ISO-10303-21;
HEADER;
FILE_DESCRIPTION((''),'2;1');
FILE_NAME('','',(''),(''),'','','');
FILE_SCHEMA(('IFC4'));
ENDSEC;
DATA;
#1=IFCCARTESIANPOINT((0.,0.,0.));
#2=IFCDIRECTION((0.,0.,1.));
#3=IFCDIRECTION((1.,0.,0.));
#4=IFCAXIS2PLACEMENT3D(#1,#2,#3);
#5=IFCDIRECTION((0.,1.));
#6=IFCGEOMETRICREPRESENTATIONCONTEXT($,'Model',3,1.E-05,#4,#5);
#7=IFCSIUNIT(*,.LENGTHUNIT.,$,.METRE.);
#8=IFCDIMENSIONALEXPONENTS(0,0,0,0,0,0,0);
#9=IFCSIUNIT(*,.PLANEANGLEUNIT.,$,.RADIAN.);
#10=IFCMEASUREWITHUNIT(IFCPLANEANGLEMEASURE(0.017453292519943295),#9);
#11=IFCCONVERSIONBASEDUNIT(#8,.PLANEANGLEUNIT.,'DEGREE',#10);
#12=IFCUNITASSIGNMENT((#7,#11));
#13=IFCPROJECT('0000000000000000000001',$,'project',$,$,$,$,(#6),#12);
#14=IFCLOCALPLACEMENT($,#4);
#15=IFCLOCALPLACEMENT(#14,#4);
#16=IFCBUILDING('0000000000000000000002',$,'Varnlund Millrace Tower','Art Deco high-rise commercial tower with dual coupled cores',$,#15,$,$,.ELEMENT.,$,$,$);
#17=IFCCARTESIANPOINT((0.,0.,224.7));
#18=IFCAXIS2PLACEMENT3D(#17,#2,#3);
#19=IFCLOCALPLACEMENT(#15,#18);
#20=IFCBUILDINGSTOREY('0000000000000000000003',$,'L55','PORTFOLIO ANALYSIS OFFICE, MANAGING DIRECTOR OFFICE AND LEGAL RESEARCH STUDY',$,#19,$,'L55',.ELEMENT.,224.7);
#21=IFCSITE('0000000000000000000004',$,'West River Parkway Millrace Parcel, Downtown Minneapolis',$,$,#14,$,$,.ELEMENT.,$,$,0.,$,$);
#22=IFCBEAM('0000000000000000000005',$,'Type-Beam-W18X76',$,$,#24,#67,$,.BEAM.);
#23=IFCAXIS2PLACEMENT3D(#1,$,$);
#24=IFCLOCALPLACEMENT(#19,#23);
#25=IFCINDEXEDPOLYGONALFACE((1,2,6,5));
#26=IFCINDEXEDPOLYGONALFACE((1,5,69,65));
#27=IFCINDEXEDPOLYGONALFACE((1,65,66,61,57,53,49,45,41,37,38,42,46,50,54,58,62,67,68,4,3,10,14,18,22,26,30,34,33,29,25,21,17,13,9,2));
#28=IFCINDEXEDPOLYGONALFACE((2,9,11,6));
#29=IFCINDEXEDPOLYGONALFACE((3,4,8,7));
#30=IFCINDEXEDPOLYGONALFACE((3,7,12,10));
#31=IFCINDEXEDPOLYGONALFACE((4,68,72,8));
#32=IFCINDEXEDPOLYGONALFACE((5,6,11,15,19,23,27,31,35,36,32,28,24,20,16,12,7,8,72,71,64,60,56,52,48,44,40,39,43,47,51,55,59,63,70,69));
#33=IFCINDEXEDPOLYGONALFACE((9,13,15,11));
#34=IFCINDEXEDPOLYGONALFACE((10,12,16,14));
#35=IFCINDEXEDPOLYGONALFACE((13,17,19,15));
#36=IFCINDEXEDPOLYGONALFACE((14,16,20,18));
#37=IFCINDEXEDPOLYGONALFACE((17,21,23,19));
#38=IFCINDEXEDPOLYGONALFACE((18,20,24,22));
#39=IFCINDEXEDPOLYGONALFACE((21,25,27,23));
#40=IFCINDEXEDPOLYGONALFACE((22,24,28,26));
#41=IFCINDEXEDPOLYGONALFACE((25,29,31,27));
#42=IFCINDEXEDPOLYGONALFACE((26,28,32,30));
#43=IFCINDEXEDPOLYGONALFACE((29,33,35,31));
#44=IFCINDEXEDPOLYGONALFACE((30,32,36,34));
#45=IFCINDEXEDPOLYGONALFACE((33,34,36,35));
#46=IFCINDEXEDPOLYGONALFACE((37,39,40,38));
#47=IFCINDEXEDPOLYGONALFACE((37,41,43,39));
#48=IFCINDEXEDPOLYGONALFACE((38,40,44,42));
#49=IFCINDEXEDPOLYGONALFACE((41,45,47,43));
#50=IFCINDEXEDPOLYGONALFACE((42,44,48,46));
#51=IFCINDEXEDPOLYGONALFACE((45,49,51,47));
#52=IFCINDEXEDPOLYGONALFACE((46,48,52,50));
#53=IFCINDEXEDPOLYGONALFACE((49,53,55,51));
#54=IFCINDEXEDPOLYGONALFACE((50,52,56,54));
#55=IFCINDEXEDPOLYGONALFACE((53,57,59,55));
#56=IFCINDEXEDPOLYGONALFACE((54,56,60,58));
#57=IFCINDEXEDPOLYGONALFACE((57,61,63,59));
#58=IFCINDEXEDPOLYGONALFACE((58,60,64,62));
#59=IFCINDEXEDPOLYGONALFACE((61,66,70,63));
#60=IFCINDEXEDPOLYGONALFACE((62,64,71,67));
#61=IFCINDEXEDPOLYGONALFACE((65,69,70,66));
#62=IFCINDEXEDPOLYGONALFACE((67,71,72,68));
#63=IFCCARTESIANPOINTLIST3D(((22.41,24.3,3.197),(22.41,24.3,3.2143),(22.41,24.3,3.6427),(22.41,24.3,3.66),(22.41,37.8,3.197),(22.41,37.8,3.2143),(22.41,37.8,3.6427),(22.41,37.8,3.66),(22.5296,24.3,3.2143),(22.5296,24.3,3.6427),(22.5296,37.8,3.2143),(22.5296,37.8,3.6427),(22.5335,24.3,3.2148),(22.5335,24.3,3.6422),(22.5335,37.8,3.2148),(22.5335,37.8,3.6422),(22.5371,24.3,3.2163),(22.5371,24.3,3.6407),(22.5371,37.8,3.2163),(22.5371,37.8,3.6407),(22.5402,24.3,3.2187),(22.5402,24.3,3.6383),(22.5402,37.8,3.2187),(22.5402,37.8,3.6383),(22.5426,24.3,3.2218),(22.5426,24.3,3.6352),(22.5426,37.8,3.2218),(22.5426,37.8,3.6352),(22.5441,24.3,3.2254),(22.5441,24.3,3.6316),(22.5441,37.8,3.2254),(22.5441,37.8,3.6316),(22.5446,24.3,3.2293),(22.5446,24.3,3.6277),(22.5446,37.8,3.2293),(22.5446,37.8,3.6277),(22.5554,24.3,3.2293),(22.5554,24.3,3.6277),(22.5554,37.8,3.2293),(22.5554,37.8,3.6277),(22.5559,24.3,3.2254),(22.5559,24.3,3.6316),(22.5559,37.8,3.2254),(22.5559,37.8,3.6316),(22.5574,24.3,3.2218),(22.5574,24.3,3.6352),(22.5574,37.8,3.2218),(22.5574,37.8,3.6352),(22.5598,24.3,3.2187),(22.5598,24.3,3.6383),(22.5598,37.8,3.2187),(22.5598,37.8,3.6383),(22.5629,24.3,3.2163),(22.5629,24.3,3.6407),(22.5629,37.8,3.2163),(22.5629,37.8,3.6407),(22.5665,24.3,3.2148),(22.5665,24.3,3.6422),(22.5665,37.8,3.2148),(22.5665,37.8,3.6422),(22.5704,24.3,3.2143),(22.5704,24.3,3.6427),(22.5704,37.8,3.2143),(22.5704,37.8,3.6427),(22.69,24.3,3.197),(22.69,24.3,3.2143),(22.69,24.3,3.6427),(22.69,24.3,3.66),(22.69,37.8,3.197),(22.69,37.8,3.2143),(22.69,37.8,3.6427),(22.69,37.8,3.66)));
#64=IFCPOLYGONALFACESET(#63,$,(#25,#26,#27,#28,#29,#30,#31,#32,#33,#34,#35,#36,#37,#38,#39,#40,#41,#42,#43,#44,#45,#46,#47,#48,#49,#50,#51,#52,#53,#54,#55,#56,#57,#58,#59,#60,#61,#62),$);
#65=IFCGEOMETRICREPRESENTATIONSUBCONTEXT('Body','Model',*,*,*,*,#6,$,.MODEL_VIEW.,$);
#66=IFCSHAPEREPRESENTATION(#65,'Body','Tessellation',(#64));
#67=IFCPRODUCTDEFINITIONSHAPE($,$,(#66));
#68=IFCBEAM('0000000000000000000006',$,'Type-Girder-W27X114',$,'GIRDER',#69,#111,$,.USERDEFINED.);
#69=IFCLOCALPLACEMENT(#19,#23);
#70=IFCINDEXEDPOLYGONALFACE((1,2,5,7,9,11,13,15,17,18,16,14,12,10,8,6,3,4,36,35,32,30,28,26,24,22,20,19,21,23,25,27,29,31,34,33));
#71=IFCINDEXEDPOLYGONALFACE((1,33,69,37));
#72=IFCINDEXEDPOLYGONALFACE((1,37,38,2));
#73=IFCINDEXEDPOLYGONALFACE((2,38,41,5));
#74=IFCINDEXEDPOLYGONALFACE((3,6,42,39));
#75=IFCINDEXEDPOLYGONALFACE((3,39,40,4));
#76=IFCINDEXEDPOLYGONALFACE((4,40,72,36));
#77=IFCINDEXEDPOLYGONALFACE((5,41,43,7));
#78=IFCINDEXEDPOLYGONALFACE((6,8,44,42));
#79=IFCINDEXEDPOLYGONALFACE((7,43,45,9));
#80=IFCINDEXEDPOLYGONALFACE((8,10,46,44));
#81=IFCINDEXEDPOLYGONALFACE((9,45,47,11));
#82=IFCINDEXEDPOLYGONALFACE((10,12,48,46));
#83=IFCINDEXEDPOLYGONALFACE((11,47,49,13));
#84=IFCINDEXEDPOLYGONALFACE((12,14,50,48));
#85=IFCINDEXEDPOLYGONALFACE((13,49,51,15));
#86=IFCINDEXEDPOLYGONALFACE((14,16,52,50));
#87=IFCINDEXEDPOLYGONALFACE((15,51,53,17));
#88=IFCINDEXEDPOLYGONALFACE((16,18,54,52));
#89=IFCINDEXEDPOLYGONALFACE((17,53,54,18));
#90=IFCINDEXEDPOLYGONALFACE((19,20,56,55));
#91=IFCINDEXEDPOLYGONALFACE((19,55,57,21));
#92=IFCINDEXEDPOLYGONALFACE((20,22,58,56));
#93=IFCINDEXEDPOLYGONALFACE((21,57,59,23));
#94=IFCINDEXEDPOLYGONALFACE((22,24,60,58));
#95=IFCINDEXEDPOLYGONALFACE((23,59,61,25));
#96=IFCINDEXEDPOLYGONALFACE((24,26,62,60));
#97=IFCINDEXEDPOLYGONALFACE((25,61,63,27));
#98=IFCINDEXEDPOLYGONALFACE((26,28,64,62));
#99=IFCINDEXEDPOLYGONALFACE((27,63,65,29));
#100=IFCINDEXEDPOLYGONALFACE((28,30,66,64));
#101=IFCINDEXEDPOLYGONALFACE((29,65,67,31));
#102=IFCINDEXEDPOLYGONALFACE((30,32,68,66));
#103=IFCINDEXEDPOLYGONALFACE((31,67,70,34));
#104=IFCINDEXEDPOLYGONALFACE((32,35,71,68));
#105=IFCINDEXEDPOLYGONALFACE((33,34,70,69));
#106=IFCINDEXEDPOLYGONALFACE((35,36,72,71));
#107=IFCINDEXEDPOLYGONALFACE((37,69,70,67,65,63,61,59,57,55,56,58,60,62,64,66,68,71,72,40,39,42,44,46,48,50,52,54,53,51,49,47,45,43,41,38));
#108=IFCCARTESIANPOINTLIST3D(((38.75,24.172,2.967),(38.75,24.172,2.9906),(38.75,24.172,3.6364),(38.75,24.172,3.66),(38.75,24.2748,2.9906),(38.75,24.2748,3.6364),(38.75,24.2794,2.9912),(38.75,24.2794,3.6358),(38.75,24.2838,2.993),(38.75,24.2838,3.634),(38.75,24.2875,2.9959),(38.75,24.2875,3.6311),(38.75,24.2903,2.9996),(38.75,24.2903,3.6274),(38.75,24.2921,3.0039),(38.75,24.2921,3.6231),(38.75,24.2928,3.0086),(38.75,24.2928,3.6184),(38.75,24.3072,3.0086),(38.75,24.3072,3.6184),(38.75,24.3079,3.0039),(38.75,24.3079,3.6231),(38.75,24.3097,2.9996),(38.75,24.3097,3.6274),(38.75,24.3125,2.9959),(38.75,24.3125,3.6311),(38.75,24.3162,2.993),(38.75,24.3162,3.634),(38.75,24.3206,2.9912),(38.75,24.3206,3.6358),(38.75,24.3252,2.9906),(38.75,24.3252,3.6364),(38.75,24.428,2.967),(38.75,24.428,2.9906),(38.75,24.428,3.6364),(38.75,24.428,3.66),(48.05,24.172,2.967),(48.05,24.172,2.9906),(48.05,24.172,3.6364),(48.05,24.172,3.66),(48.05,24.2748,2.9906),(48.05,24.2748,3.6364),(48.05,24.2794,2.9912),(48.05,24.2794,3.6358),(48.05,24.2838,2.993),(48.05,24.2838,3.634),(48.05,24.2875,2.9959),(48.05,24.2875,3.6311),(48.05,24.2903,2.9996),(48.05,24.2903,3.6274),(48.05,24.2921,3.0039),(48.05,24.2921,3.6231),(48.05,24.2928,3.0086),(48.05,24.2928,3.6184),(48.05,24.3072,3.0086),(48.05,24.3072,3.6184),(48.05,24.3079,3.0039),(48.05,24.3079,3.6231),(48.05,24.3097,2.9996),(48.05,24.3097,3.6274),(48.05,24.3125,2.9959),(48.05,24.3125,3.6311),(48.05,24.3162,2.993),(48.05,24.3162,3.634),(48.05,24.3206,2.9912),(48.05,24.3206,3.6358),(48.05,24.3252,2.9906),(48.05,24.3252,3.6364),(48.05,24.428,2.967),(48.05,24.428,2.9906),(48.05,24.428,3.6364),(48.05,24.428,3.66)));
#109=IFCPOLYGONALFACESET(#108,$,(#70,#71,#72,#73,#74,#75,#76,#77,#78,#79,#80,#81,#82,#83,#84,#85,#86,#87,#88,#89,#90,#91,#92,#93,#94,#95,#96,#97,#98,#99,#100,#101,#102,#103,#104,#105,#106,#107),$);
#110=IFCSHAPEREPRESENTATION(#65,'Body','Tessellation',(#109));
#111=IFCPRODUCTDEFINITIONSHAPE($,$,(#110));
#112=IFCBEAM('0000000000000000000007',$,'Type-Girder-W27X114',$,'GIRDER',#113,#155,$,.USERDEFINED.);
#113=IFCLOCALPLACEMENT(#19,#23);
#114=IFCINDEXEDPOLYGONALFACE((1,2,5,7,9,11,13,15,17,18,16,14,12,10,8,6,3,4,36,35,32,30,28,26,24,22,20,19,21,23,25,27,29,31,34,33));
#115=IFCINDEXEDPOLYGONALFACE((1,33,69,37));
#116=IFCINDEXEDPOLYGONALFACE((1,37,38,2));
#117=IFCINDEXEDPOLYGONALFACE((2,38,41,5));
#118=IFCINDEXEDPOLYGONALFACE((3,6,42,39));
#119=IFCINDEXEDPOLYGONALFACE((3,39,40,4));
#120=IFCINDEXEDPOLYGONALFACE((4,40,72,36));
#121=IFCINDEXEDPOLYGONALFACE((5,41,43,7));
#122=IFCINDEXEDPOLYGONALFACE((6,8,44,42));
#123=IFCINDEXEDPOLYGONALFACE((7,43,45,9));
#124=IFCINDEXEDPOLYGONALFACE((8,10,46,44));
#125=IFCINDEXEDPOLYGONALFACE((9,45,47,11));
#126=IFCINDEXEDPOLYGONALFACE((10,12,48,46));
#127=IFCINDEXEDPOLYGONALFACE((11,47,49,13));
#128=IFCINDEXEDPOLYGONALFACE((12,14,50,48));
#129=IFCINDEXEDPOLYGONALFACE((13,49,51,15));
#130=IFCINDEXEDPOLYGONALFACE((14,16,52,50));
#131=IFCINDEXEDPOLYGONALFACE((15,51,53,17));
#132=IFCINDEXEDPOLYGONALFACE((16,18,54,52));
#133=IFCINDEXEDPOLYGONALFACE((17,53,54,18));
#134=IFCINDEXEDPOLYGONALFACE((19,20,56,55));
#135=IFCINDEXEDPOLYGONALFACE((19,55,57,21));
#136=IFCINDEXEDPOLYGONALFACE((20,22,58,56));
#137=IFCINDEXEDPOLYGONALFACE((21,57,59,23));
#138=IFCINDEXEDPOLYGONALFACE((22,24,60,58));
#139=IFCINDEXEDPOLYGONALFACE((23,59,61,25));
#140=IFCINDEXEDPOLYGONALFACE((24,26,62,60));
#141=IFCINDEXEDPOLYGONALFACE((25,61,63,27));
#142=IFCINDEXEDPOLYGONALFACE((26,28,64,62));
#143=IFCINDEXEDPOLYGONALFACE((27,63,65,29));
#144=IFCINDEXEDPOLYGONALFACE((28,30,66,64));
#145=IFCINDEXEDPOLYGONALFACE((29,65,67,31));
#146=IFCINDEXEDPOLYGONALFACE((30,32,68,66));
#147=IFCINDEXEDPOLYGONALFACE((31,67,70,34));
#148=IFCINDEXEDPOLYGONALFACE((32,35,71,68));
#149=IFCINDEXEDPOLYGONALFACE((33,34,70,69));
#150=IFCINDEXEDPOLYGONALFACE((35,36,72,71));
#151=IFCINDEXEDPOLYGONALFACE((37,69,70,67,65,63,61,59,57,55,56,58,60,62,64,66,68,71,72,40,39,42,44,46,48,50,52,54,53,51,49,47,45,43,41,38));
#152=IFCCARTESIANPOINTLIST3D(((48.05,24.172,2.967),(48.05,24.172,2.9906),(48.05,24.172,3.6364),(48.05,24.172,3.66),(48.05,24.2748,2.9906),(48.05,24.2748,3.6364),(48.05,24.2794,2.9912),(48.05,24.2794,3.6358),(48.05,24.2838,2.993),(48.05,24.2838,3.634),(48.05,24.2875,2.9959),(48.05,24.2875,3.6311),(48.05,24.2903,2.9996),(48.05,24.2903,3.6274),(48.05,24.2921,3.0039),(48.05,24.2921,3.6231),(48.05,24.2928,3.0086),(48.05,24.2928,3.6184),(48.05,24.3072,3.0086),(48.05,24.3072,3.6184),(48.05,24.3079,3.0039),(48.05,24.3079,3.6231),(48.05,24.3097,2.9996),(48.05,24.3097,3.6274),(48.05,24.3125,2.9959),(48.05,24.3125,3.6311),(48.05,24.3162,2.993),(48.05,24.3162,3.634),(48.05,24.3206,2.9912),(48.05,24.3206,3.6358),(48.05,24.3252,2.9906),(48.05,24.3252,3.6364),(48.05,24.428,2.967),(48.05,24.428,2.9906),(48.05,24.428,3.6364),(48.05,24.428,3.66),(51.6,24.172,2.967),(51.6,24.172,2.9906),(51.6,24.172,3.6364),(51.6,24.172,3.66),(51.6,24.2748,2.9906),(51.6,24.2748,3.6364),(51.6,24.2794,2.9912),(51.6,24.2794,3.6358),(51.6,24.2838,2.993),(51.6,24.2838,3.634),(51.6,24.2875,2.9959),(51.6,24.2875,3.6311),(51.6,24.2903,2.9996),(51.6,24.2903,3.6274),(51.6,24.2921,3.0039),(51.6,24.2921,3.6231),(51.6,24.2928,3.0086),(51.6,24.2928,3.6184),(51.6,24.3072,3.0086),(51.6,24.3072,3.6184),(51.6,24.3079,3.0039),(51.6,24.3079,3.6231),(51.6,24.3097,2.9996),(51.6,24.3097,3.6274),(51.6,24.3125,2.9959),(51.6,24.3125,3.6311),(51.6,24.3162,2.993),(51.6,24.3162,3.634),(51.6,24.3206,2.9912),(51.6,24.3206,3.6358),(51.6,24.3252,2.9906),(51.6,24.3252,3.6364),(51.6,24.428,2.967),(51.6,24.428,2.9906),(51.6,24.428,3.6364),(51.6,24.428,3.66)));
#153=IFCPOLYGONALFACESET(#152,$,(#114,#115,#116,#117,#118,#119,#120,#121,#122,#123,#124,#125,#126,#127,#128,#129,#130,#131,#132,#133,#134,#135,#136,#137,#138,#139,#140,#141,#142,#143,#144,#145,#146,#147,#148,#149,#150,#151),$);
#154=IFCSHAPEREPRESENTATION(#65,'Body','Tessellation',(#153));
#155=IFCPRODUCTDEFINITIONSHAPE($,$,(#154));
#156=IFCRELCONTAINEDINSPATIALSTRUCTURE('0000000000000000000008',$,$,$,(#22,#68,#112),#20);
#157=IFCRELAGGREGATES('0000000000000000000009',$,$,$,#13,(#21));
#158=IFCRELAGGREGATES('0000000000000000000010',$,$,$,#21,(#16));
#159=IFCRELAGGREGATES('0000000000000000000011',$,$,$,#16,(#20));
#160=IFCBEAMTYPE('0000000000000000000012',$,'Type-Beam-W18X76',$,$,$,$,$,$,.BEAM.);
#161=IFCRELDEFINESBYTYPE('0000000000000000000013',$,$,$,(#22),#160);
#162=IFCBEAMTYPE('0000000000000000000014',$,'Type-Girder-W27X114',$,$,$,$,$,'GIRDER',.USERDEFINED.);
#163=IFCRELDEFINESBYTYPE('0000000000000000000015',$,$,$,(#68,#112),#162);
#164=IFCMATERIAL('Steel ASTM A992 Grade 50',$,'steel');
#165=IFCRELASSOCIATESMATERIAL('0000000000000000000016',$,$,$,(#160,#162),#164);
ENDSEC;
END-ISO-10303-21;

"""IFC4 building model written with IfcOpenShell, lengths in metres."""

from ifc_helpers import new_model, entity, si_unit, converted_unit, direction, frame, origin_with_axes, origin_2d_with_axis, place, context, subcontext, project, spatial, i_section, extrude, material, material_profile, profile_set, type_object, element, save


model = new_model("IFC4")

# Units and contexts
model_context = context("Model", 3, precision=1e-05, world=origin_with_axes(), true_north=direction((0.0, 1.0)))
body_context = subcontext(model_context, "Body", "Model", "MODEL_VIEW")
ifc_project = project(units=[si_unit("LENGTHUNIT", "METRE"), converted_unit("PLANEANGLEUNIT", "DEGREE", entity("IfcPlaneAngleMeasure", 0.017453292519943295), si_unit("PLANEANGLEUNIT", "RADIAN"), dimensions=[0, 0, 0, 0, 0, 0, 0])], contexts=[model_context])

# Site, building, storey
site_placement = place(None, origin_with_axes())
site = spatial("IfcSite", under=ifc_project, at=site_placement, Name="West River Parkway Millrace Parcel, Downtown Minneapolis", CompositionType="ELEMENT", RefElevation=0.0)
building_placement = place(site_placement, origin_with_axes())
building = spatial("IfcBuilding", under=site, at=building_placement, Name="Varnlund Millrace Tower", Description="Art Deco high-rise commercial tower with dual coupled cores", CompositionType="ELEMENT")
storey_placement = place(building_placement, frame((0.0, 0.0, 224.7), z_axis=(0.0, 0.0, 1.0), x_axis=(1.0, 0.0, 0.0)))
storey = spatial("IfcBuildingStorey", under=building, at=storey_placement, Name="L55", Description="PORTFOLIO ANALYSIS OFFICE, MANAGING DIRECTOR OFFICE AND LEGAL RESEARCH STUDY", LongName="L55", CompositionType="ELEMENT", Elevation=224.7)

# Beams
ifc_material_1 = material(Name="Steel ASTM A992 Grade 50", Category="steel")
ifc_material_profile_1 = material_profile(ifc_material_1, i_section(OverallWidth=0.28, OverallDepth=0.463, WebThickness=0.0108, FlangeThickness=0.0173, FilletRadius=0.015, at=origin_2d_with_axis()), Name="Steel ASTM A992 Grade 50")
ifc_profile_set_1 = profile_set([ifc_material_profile_1], Name="Steel ASTM A992 Grade 50")
beam_type_1 = type_object("IfcBeamType", Name="Type-Beam-W18X76", PredefinedType="BEAM", material=ifc_profile_set_1)
beam_1_placement = place(storey_placement, frame((22.55, 24.3, 3.4285), z_axis=(0.0, 1.0, 0.0), x_axis=(-1.0, 0.0, 0.0)))
element("IfcBeam", 1, at=beam_1_placement, inside=storey, type_object=beam_type_1, Name="Type-Beam-W18X76", PredefinedType="BEAM", context=body_context, shape_type="SweptSolid", body=[
    extrude(i_section(OverallWidth=0.28, OverallDepth=0.463, WebThickness=0.0108, FlangeThickness=0.0173, FilletRadius=0.015, at=origin_2d_with_axis()), origin_with_axes(), (0.0, 0.0, 1.0), 13.5),
])
ifc_material_profile_2 = material_profile(ifc_material_1, i_section(OverallWidth=0.256, OverallDepth=0.693, WebThickness=0.0145, FlangeThickness=0.0236, FilletRadius=0.018, at=origin_2d_with_axis()), Name="Steel ASTM A992 Grade 50")
ifc_profile_set_2 = profile_set([ifc_material_profile_2], Name="Steel ASTM A992 Grade 50")
beam_type_2 = type_object("IfcBeamType", Name="Type-Girder-W27X114", ElementType="GIRDER", PredefinedType="USERDEFINED", material=ifc_profile_set_2)
beam_2_placement = place(storey_placement, frame((38.75, 24.3, 3.3135), z_axis=(1.0, 0.0, 0.0), x_axis=(0.0, 1.0, 0.0)))
element("IfcBeam", 2, at=beam_2_placement, inside=storey, type_object=beam_type_2, Name="Type-Girder-W27X114", ObjectType="GIRDER", PredefinedType="USERDEFINED", context=body_context, shape_type="SweptSolid", body=[
    extrude(i_section(OverallWidth=0.256, OverallDepth=0.693, WebThickness=0.0145, FlangeThickness=0.0236, FilletRadius=0.018, at=origin_2d_with_axis()), origin_with_axes(), (0.0, 0.0, 1.0), 9.3),
])
beam_3_placement = place(storey_placement, frame((48.05, 24.3, 3.3135), z_axis=(1.0, 0.0, 0.0), x_axis=(0.0, 1.0, 0.0)))
element("IfcBeam", 3, at=beam_3_placement, inside=storey, type_object=beam_type_2, Name="Type-Girder-W27X114", ObjectType="GIRDER", PredefinedType="USERDEFINED", context=body_context, shape_type="SweptSolid", body=[
    extrude(i_section(OverallWidth=0.256, OverallDepth=0.693, WebThickness=0.0145, FlangeThickness=0.0236, FilletRadius=0.018, at=origin_2d_with_axis()), origin_with_axes(), (0.0, 0.0, 1.0), 3.55),
])

save(model, "model.ifc")
